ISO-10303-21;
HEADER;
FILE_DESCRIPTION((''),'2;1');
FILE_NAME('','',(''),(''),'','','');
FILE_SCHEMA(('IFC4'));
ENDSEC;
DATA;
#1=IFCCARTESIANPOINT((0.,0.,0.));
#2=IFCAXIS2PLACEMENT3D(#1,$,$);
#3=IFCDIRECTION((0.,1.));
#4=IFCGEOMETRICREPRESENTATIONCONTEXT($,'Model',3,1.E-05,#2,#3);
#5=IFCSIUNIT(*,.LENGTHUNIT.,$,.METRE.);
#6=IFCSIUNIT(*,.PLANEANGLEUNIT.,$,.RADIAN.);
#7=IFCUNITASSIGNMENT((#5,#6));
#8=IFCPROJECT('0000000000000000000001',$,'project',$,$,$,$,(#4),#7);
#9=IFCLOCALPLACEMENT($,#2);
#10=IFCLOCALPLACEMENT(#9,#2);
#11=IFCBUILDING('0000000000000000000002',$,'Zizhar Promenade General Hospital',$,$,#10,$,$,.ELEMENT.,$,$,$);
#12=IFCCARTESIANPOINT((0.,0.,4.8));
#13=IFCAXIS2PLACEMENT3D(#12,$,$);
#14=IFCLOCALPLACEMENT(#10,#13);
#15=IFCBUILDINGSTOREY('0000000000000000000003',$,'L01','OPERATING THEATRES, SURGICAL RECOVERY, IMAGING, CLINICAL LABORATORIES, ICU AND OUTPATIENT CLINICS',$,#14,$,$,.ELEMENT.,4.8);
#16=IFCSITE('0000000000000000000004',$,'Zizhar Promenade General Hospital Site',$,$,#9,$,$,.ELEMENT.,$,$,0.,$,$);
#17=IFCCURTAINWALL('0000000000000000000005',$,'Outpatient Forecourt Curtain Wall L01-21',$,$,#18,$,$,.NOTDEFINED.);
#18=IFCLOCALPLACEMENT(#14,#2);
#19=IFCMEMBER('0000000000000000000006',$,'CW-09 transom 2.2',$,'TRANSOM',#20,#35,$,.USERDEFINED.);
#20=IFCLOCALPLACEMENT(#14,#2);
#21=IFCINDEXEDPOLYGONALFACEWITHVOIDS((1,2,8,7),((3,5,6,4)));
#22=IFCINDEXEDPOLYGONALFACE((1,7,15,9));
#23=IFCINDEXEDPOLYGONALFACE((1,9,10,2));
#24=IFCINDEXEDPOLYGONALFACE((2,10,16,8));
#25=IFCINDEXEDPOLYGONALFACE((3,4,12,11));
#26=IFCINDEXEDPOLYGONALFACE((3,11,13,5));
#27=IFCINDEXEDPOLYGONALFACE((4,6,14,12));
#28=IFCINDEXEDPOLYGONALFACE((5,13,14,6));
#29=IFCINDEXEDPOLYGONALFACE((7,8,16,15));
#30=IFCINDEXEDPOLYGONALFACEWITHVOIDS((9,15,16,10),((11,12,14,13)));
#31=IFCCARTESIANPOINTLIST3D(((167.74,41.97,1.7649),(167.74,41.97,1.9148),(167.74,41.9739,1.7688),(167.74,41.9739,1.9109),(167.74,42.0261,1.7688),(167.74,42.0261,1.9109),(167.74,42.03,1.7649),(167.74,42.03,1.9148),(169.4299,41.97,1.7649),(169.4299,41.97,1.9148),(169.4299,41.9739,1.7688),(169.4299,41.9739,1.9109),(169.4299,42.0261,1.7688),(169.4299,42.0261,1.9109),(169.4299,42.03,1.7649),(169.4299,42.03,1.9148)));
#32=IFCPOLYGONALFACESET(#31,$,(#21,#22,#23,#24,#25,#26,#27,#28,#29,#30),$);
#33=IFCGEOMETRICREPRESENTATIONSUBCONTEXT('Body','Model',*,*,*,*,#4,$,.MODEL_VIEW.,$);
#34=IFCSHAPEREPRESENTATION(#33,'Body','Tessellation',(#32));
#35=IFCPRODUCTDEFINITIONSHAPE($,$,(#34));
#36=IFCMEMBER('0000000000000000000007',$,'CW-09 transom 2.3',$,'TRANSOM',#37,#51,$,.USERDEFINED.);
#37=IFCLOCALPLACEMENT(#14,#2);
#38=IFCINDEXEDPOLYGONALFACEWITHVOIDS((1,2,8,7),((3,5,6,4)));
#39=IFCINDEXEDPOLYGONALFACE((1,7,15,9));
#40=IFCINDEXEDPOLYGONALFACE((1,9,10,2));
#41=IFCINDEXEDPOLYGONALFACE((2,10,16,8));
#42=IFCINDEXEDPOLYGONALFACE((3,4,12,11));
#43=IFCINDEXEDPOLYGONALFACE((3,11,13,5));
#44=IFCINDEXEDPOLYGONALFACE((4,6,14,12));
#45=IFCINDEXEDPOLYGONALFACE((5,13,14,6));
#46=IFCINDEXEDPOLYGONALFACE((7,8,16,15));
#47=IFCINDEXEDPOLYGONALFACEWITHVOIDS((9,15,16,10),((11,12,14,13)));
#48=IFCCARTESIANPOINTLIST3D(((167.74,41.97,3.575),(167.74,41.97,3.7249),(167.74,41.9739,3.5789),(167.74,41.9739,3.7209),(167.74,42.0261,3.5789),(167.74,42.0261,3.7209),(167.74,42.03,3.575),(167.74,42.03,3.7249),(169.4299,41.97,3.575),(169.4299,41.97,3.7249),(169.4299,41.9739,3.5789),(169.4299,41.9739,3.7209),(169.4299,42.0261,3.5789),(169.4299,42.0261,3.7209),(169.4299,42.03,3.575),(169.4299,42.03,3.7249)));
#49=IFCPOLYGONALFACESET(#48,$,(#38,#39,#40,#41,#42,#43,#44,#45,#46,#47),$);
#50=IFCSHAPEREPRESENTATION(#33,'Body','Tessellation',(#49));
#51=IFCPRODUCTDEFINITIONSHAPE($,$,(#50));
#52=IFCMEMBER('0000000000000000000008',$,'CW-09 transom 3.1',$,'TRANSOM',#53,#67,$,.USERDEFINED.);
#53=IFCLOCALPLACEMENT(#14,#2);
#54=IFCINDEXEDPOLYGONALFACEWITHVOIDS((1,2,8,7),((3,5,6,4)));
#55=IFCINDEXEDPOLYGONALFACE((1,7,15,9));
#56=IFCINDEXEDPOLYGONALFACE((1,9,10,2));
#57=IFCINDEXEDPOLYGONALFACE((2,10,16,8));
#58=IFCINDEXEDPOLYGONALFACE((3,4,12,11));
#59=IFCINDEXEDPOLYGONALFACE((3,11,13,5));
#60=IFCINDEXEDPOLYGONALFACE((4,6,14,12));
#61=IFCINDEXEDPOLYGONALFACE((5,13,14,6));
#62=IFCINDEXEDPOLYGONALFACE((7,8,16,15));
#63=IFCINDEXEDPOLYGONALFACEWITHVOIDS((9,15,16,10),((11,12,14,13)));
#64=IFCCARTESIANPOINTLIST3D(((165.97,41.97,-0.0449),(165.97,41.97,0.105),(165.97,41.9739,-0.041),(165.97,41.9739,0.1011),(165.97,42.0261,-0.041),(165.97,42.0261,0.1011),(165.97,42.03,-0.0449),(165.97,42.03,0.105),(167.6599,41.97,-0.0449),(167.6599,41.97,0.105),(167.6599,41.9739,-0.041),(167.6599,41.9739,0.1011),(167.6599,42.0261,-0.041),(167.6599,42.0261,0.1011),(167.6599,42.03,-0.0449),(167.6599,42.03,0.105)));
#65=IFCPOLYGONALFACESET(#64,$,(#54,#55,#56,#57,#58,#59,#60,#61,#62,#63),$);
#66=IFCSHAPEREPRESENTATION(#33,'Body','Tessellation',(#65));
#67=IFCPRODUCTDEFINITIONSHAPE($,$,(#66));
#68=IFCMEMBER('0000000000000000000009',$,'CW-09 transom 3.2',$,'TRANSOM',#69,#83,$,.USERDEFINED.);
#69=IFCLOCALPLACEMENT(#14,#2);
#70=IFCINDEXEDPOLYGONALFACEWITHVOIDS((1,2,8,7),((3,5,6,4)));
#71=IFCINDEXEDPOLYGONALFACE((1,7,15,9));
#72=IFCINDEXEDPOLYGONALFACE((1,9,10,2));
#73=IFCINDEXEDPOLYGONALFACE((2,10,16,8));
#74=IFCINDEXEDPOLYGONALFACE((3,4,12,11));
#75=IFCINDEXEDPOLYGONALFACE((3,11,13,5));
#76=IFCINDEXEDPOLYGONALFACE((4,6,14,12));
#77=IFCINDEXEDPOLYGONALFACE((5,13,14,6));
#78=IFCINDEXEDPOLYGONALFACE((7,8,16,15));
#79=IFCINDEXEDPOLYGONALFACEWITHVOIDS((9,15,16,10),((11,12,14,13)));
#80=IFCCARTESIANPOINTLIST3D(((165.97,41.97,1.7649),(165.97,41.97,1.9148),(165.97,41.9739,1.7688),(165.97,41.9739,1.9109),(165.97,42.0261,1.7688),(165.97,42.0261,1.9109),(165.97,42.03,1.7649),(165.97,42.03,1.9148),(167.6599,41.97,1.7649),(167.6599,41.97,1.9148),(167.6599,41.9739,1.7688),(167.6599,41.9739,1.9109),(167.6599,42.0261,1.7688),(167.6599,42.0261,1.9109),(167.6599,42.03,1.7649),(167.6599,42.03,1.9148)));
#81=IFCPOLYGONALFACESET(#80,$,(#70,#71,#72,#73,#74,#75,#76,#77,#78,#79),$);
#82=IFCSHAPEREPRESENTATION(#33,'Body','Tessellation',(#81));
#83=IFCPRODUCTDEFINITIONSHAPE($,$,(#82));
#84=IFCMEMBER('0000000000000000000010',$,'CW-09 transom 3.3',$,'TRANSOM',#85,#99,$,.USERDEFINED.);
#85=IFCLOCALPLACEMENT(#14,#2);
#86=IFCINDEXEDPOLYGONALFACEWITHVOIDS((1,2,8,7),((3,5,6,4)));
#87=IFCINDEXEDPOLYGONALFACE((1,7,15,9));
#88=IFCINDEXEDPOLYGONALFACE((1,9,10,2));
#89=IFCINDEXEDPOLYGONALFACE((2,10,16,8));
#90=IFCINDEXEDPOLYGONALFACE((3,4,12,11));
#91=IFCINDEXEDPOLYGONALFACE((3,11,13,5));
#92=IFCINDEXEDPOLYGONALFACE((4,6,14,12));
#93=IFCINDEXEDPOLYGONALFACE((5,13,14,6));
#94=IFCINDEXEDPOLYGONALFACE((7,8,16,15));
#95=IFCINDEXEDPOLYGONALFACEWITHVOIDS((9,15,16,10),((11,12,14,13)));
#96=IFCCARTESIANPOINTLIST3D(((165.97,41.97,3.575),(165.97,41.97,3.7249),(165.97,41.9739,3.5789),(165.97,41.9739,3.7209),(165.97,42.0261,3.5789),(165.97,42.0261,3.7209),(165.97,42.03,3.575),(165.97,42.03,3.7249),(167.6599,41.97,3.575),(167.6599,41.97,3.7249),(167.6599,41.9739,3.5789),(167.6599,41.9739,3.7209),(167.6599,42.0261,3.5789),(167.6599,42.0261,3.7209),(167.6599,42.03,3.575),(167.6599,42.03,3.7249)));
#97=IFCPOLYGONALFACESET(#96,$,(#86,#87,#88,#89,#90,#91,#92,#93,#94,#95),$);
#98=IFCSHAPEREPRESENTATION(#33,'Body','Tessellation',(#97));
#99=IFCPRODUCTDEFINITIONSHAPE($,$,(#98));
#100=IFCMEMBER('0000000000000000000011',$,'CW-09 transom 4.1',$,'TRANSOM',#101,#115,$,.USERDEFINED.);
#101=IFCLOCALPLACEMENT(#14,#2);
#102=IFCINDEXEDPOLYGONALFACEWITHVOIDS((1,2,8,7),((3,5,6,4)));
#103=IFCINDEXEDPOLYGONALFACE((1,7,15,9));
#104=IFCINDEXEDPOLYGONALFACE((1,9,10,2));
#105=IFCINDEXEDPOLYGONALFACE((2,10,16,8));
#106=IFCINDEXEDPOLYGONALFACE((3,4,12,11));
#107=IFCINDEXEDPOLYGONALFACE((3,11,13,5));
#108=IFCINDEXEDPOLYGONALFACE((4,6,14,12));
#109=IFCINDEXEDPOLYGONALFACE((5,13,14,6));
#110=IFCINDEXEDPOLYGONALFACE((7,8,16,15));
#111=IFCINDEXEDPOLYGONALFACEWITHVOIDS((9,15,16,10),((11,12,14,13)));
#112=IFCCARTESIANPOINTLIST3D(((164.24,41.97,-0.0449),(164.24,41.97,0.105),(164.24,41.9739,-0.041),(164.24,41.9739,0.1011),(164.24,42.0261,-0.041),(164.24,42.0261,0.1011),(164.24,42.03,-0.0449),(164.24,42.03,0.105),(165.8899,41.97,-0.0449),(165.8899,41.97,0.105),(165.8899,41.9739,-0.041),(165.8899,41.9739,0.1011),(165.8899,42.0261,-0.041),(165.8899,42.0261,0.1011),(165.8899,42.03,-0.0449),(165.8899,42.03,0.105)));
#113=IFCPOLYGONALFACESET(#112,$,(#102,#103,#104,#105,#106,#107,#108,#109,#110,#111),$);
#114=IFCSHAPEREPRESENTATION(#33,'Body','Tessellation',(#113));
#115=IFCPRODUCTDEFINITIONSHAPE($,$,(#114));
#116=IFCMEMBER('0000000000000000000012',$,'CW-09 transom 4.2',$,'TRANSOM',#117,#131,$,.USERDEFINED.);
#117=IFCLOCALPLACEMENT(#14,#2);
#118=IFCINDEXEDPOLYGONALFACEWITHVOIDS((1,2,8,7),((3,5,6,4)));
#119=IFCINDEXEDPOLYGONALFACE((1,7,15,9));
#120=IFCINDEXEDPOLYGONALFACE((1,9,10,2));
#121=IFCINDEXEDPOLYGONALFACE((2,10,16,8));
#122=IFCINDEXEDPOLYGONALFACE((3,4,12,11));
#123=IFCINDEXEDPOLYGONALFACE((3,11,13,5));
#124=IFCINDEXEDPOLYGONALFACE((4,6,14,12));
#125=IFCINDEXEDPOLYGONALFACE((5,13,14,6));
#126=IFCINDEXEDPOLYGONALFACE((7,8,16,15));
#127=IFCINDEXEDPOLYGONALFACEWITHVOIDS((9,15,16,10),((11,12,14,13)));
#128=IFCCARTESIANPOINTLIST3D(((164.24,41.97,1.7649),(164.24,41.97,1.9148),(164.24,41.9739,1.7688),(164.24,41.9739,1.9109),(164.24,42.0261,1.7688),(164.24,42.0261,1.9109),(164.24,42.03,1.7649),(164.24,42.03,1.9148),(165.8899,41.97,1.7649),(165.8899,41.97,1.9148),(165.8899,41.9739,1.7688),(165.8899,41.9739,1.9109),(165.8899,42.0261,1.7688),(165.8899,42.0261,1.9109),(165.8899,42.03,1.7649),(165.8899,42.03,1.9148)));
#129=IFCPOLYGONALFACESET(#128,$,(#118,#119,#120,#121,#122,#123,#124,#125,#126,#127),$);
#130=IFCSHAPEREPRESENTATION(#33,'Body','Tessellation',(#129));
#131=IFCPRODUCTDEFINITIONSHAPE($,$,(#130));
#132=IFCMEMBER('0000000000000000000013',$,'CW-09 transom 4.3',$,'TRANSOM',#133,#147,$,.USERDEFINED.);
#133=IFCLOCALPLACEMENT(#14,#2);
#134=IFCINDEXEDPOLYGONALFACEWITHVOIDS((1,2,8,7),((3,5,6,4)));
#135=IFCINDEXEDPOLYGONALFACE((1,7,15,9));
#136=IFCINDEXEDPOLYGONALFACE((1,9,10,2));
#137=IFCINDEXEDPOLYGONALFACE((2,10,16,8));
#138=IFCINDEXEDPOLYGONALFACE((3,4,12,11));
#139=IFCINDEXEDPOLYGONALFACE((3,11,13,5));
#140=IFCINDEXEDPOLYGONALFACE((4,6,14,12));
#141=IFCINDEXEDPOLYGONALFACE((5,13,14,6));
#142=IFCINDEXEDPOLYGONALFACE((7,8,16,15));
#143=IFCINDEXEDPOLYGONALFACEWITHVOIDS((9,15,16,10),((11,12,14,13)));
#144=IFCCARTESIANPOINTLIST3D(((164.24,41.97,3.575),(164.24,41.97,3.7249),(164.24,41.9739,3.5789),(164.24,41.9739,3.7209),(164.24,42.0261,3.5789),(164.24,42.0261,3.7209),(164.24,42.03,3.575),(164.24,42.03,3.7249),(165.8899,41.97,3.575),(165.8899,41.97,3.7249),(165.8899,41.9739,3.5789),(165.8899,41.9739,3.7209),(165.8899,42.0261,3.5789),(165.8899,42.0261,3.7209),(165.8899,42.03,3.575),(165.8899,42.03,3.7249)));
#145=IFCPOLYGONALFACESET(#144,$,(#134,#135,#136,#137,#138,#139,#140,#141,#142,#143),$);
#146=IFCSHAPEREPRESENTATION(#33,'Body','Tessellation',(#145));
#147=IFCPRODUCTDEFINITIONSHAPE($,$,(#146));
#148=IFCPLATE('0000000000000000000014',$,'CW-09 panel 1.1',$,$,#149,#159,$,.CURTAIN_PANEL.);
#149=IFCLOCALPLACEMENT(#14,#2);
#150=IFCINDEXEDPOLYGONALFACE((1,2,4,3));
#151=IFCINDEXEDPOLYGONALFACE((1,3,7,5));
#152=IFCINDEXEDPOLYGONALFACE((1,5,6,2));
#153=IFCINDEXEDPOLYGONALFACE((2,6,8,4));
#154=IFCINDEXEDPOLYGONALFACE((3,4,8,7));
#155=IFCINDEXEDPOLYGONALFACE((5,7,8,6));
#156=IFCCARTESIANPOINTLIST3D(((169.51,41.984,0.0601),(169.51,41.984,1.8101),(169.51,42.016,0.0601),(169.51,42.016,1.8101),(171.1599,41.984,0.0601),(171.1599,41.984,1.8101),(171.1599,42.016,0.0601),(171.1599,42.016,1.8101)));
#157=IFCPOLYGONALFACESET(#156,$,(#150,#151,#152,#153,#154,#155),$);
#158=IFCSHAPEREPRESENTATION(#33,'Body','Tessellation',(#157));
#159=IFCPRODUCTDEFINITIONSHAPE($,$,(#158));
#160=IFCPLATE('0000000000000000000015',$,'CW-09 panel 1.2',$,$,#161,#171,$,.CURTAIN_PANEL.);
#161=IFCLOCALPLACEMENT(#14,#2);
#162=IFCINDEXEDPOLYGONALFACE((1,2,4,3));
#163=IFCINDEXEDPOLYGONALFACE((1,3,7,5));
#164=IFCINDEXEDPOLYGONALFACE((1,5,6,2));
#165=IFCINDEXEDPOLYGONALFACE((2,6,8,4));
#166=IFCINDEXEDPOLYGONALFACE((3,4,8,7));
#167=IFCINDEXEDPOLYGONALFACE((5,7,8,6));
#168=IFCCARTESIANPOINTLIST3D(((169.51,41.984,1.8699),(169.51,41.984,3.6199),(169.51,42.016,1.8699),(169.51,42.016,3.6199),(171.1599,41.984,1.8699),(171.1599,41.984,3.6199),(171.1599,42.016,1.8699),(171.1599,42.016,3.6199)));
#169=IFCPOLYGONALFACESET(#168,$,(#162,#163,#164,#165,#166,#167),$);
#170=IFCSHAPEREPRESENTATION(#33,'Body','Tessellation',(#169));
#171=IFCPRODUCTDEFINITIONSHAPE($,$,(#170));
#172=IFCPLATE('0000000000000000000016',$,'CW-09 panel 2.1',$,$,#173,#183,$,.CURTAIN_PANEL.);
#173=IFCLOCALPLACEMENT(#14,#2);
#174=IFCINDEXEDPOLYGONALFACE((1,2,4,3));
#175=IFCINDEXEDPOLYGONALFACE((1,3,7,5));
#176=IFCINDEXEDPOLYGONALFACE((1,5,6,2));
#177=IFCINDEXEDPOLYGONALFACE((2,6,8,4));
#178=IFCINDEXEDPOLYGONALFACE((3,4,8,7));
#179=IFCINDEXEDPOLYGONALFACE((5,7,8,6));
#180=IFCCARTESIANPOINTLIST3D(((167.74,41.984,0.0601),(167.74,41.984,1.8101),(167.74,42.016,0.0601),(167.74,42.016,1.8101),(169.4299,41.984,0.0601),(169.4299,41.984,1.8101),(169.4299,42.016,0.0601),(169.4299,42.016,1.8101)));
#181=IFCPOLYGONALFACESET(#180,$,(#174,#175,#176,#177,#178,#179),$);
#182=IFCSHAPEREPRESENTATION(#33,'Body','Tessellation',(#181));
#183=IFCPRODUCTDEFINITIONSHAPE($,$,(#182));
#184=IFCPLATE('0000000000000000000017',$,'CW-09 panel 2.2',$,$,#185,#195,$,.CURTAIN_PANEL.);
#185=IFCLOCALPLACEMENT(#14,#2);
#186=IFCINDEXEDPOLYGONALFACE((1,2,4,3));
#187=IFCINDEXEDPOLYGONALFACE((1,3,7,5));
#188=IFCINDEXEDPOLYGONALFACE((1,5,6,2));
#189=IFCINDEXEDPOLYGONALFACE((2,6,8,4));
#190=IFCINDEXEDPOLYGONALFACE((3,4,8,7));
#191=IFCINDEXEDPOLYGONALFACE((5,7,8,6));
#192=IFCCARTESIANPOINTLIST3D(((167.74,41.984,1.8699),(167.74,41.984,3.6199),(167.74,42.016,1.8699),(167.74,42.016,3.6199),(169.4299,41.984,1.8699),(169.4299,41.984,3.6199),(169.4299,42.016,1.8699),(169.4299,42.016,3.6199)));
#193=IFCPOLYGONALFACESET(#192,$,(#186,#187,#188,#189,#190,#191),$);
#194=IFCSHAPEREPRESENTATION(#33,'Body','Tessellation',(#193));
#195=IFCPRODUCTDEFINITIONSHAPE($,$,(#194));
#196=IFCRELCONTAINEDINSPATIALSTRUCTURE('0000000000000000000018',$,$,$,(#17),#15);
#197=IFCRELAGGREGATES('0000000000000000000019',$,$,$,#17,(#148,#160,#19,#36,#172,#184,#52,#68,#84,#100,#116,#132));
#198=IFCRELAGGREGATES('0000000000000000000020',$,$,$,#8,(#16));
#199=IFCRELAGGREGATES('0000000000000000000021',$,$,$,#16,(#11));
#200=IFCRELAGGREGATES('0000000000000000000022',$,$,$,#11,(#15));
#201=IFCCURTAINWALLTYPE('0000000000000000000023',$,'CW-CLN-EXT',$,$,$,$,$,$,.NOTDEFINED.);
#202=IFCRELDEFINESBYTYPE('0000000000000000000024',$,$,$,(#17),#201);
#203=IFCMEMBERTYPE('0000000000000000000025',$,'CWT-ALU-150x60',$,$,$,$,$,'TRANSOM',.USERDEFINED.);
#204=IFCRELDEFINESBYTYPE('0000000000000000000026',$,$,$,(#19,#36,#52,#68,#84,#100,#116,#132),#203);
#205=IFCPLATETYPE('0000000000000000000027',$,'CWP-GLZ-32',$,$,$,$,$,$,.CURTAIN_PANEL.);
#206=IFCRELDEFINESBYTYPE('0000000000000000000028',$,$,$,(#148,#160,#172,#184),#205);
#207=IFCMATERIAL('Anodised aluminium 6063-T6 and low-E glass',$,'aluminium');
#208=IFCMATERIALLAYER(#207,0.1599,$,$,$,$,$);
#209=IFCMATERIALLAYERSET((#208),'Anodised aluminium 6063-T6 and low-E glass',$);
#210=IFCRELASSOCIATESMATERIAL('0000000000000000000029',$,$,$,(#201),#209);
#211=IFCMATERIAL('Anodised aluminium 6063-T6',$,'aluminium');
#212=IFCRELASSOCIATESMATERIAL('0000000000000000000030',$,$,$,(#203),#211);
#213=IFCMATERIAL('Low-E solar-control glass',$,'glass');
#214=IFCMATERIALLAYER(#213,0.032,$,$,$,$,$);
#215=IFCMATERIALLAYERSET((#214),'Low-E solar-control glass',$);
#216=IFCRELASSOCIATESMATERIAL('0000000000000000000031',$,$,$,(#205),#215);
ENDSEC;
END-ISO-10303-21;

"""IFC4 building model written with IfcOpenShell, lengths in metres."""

from ifc_helpers import new_model, si_unit, direction, frame, origin, origin_2d, place, context, subcontext, project, spatial, rectangle, hollow_rectangle, extrude, material, layer, layer_set, material_profile, profile_set, type_object, element, aggregate, save


model = new_model("IFC4")

# Units and contexts
model_context = context("Model", 3, precision=1e-05, world=origin(), true_north=direction((0.0, 1.0)))
body_context = subcontext(model_context, "Body", "Model", "MODEL_VIEW")
ifc_project = project(units=[si_unit("LENGTHUNIT", "METRE"), si_unit("PLANEANGLEUNIT", "RADIAN")], contexts=[model_context])

# Site, building, storey
site_placement = place(None, origin())
site = spatial("IfcSite", under=ifc_project, at=site_placement, Name="Zizhar Promenade General Hospital Site", CompositionType="ELEMENT", RefElevation=0.0)
building_placement = place(site_placement, origin())
building = spatial("IfcBuilding", under=site, at=building_placement, Name="Zizhar Promenade General Hospital", CompositionType="ELEMENT")
storey_placement = place(building_placement, frame((0.0, 0.0, 4.8)))
storey = spatial("IfcBuildingStorey", under=building, at=storey_placement, Name="L01", Description="OPERATING THEATRES, SURGICAL RECOVERY, IMAGING, CLINICAL LABORATORIES, ICU AND OUTPATIENT CLINICS", CompositionType="ELEMENT", Elevation=4.8)

# Curtain wall, members, plates
ifc_material_1 = material(Name="Anodised aluminium 6063-T6 and low-E glass", Category="aluminium")
ifc_layer_1 = layer(ifc_material_1, 0.1599)
ifc_layer_set_1 = layer_set([ifc_layer_1], Name="Anodised aluminium 6063-T6 and low-E glass")
curtain_wall_type = type_object("IfcCurtainWallType", Name="CW-CLN-EXT", PredefinedType="NOTDEFINED", material=ifc_layer_set_1)
curtain_wall_placement = place(storey_placement, origin())
curtain_wall = element("IfcCurtainWall", 1, at=curtain_wall_placement, inside=storey, type_object=curtain_wall_type, Name="Outpatient Forecourt Curtain Wall L01-21", PredefinedType="NOTDEFINED")
ifc_material_2 = material(Name="Anodised aluminium 6063-T6", Category="aluminium")
ifc_material_profile_1 = material_profile(ifc_material_2, hollow_rectangle(XDim=0.0601, YDim=0.1499, WallThickness=0.0039, at=origin_2d()))
ifc_profile_set_1 = profile_set([ifc_material_profile_1], Name="Anodised aluminium 6063-T6")
member_type_1 = type_object("IfcMemberType", Name="CWT-ALU-150x60", ElementType="TRANSOM", PredefinedType="USERDEFINED", material=ifc_profile_set_1)
member_1_placement = place(storey_placement, frame((169.4299, 42.0, 1.8398), z_axis=(-1.0, 0.0, 0.0), x_axis=(0.0, -1.0, 0.0)))
member_1 = element("IfcMember", 2, at=member_1_placement, type_object=member_type_1, Name="CW-09 transom 2.2", ObjectType="TRANSOM", PredefinedType="USERDEFINED", context=body_context, shape_type="SweptSolid", body=[
    extrude(hollow_rectangle(XDim=0.0601, YDim=0.1499, WallThickness=0.0039, at=origin_2d()), origin(), (0.0, 0.0, 1.0), 1.6899),
])
member_2_placement = place(storey_placement, frame((169.4299, 42.0, 3.6499), z_axis=(-1.0, 0.0, 0.0), x_axis=(0.0, -1.0, 0.0)))
member_2 = element("IfcMember", 3, at=member_2_placement, type_object=member_type_1, Name="CW-09 transom 2.3", ObjectType="TRANSOM", PredefinedType="USERDEFINED", context=body_context, shape_type="SweptSolid", body=[
    extrude(hollow_rectangle(XDim=0.0601, YDim=0.1499, WallThickness=0.0039, at=origin_2d()), origin(), (0.0, 0.0, 1.0), 1.6899),
])
member_3_placement = place(storey_placement, frame((167.6599, 42.0, 0.03), z_axis=(-1.0, 0.0, 0.0), x_axis=(0.0, -1.0, 0.0)))
member_3 = element("IfcMember", 4, at=member_3_placement, type_object=member_type_1, Name="CW-09 transom 3.1", ObjectType="TRANSOM", PredefinedType="USERDEFINED", context=body_context, shape_type="SweptSolid", body=[
    extrude(hollow_rectangle(XDim=0.0601, YDim=0.1499, WallThickness=0.0039, at=origin_2d()), origin(), (0.0, 0.0, 1.0), 1.6899),
])
member_4_placement = place(storey_placement, frame((167.6599, 42.0, 1.8398), z_axis=(-1.0, 0.0, 0.0), x_axis=(0.0, -1.0, 0.0)))
member_4 = element("IfcMember", 5, at=member_4_placement, type_object=member_type_1, Name="CW-09 transom 3.2", ObjectType="TRANSOM", PredefinedType="USERDEFINED", context=body_context, shape_type="SweptSolid", body=[
    extrude(hollow_rectangle(XDim=0.0601, YDim=0.1499, WallThickness=0.0039, at=origin_2d()), origin(), (0.0, 0.0, 1.0), 1.6899),
])
member_5_placement = place(storey_placement, frame((167.6599, 42.0, 3.6499), z_axis=(-1.0, 0.0, 0.0), x_axis=(0.0, -1.0, 0.0)))
member_5 = element("IfcMember", 6, at=member_5_placement, type_object=member_type_1, Name="CW-09 transom 3.3", ObjectType="TRANSOM", PredefinedType="USERDEFINED", context=body_context, shape_type="SweptSolid", body=[
    extrude(hollow_rectangle(XDim=0.0601, YDim=0.1499, WallThickness=0.0039, at=origin_2d()), origin(), (0.0, 0.0, 1.0), 1.6899),
])
member_6_placement = place(storey_placement, frame((165.8899, 42.0, 0.03), z_axis=(-1.0, 0.0, 0.0), x_axis=(0.0, -1.0, 0.0)))
member_6 = element("IfcMember", 7, at=member_6_placement, type_object=member_type_1, Name="CW-09 transom 4.1", ObjectType="TRANSOM", PredefinedType="USERDEFINED", context=body_context, shape_type="SweptSolid", body=[
    extrude(hollow_rectangle(XDim=0.0601, YDim=0.1499, WallThickness=0.0039, at=origin_2d()), origin(), (0.0, 0.0, 1.0), 1.6499),
])
member_7_placement = place(storey_placement, frame((165.8899, 42.0, 1.8398), z_axis=(-1.0, 0.0, 0.0), x_axis=(0.0, -1.0, 0.0)))
member_7 = element("IfcMember", 8, at=member_7_placement, type_object=member_type_1, Name="CW-09 transom 4.2", ObjectType="TRANSOM", PredefinedType="USERDEFINED", context=body_context, shape_type="SweptSolid", body=[
    extrude(hollow_rectangle(XDim=0.0601, YDim=0.1499, WallThickness=0.0039, at=origin_2d()), origin(), (0.0, 0.0, 1.0), 1.6499),
])
member_8_placement = place(storey_placement, frame((165.8899, 42.0, 3.6499), z_axis=(-1.0, 0.0, 0.0), x_axis=(0.0, -1.0, 0.0)))
member_8 = element("IfcMember", 9, at=member_8_placement, type_object=member_type_1, Name="CW-09 transom 4.3", ObjectType="TRANSOM", PredefinedType="USERDEFINED", context=body_context, shape_type="SweptSolid", body=[
    extrude(hollow_rectangle(XDim=0.0601, YDim=0.1499, WallThickness=0.0039, at=origin_2d()), origin(), (0.0, 0.0, 1.0), 1.6499),
])
ifc_material_3 = material(Name="Low-E solar-control glass", Category="glass")
ifc_layer_2 = layer(ifc_material_3, 0.032)
ifc_layer_set_2 = layer_set([ifc_layer_2], Name="Low-E solar-control glass")
plate_type = type_object("IfcPlateType", Name="CWP-GLZ-32", PredefinedType="CURTAIN_PANEL", material=ifc_layer_set_2)
plate_1_placement = place(storey_placement, frame((170.335, 42.0, 0.0601), z_axis=(0.0, 0.0, 1.0), x_axis=(-1.0, 0.0, 0.0)))
plate_1 = element("IfcPlate", 10, at=plate_1_placement, type_object=plate_type, Name="CW-09 panel 1.1", PredefinedType="CURTAIN_PANEL", context=body_context, shape_type="SweptSolid", body=[
    extrude(rectangle(XDim=1.6499, YDim=0.032, at=origin_2d()), origin(), (0.0, 0.0, 1.0), 1.75),
])
plate_2_placement = place(storey_placement, frame((170.335, 42.0, 1.8699), z_axis=(0.0, 0.0, 1.0), x_axis=(-1.0, 0.0, 0.0)))
plate_2 = element("IfcPlate", 11, at=plate_2_placement, type_object=plate_type, Name="CW-09 panel 1.2", PredefinedType="CURTAIN_PANEL", context=body_context, shape_type="SweptSolid", body=[
    extrude(rectangle(XDim=1.6499, YDim=0.032, at=origin_2d()), origin(), (0.0, 0.0, 1.0), 1.75),
])
plate_3_placement = place(storey_placement, frame((168.585, 42.0, 0.0601), z_axis=(0.0, 0.0, 1.0), x_axis=(-1.0, 0.0, 0.0)))
plate_3 = element("IfcPlate", 12, at=plate_3_placement, type_object=plate_type, Name="CW-09 panel 2.1", PredefinedType="CURTAIN_PANEL", context=body_context, shape_type="SweptSolid", body=[
    extrude(rectangle(XDim=1.6899, YDim=0.032, at=origin_2d()), origin(), (0.0, 0.0, 1.0), 1.75),
])
plate_4_placement = place(storey_placement, frame((168.585, 42.0, 1.8699), z_axis=(0.0, 0.0, 1.0), x_axis=(-1.0, 0.0, 0.0)))
plate_4 = element("IfcPlate", 13, at=plate_4_placement, type_object=plate_type, Name="CW-09 panel 2.2", PredefinedType="CURTAIN_PANEL", context=body_context, shape_type="SweptSolid", body=[
    extrude(rectangle(XDim=1.6899, YDim=0.032, at=origin_2d()), origin(), (0.0, 0.0, 1.0), 1.75),
])
aggregate(curtain_wall, [plate_1, plate_2, member_1, member_2, plate_3, plate_4, member_3, member_4, member_5, member_6, member_7, member_8])

save(model, "model.ifc")
